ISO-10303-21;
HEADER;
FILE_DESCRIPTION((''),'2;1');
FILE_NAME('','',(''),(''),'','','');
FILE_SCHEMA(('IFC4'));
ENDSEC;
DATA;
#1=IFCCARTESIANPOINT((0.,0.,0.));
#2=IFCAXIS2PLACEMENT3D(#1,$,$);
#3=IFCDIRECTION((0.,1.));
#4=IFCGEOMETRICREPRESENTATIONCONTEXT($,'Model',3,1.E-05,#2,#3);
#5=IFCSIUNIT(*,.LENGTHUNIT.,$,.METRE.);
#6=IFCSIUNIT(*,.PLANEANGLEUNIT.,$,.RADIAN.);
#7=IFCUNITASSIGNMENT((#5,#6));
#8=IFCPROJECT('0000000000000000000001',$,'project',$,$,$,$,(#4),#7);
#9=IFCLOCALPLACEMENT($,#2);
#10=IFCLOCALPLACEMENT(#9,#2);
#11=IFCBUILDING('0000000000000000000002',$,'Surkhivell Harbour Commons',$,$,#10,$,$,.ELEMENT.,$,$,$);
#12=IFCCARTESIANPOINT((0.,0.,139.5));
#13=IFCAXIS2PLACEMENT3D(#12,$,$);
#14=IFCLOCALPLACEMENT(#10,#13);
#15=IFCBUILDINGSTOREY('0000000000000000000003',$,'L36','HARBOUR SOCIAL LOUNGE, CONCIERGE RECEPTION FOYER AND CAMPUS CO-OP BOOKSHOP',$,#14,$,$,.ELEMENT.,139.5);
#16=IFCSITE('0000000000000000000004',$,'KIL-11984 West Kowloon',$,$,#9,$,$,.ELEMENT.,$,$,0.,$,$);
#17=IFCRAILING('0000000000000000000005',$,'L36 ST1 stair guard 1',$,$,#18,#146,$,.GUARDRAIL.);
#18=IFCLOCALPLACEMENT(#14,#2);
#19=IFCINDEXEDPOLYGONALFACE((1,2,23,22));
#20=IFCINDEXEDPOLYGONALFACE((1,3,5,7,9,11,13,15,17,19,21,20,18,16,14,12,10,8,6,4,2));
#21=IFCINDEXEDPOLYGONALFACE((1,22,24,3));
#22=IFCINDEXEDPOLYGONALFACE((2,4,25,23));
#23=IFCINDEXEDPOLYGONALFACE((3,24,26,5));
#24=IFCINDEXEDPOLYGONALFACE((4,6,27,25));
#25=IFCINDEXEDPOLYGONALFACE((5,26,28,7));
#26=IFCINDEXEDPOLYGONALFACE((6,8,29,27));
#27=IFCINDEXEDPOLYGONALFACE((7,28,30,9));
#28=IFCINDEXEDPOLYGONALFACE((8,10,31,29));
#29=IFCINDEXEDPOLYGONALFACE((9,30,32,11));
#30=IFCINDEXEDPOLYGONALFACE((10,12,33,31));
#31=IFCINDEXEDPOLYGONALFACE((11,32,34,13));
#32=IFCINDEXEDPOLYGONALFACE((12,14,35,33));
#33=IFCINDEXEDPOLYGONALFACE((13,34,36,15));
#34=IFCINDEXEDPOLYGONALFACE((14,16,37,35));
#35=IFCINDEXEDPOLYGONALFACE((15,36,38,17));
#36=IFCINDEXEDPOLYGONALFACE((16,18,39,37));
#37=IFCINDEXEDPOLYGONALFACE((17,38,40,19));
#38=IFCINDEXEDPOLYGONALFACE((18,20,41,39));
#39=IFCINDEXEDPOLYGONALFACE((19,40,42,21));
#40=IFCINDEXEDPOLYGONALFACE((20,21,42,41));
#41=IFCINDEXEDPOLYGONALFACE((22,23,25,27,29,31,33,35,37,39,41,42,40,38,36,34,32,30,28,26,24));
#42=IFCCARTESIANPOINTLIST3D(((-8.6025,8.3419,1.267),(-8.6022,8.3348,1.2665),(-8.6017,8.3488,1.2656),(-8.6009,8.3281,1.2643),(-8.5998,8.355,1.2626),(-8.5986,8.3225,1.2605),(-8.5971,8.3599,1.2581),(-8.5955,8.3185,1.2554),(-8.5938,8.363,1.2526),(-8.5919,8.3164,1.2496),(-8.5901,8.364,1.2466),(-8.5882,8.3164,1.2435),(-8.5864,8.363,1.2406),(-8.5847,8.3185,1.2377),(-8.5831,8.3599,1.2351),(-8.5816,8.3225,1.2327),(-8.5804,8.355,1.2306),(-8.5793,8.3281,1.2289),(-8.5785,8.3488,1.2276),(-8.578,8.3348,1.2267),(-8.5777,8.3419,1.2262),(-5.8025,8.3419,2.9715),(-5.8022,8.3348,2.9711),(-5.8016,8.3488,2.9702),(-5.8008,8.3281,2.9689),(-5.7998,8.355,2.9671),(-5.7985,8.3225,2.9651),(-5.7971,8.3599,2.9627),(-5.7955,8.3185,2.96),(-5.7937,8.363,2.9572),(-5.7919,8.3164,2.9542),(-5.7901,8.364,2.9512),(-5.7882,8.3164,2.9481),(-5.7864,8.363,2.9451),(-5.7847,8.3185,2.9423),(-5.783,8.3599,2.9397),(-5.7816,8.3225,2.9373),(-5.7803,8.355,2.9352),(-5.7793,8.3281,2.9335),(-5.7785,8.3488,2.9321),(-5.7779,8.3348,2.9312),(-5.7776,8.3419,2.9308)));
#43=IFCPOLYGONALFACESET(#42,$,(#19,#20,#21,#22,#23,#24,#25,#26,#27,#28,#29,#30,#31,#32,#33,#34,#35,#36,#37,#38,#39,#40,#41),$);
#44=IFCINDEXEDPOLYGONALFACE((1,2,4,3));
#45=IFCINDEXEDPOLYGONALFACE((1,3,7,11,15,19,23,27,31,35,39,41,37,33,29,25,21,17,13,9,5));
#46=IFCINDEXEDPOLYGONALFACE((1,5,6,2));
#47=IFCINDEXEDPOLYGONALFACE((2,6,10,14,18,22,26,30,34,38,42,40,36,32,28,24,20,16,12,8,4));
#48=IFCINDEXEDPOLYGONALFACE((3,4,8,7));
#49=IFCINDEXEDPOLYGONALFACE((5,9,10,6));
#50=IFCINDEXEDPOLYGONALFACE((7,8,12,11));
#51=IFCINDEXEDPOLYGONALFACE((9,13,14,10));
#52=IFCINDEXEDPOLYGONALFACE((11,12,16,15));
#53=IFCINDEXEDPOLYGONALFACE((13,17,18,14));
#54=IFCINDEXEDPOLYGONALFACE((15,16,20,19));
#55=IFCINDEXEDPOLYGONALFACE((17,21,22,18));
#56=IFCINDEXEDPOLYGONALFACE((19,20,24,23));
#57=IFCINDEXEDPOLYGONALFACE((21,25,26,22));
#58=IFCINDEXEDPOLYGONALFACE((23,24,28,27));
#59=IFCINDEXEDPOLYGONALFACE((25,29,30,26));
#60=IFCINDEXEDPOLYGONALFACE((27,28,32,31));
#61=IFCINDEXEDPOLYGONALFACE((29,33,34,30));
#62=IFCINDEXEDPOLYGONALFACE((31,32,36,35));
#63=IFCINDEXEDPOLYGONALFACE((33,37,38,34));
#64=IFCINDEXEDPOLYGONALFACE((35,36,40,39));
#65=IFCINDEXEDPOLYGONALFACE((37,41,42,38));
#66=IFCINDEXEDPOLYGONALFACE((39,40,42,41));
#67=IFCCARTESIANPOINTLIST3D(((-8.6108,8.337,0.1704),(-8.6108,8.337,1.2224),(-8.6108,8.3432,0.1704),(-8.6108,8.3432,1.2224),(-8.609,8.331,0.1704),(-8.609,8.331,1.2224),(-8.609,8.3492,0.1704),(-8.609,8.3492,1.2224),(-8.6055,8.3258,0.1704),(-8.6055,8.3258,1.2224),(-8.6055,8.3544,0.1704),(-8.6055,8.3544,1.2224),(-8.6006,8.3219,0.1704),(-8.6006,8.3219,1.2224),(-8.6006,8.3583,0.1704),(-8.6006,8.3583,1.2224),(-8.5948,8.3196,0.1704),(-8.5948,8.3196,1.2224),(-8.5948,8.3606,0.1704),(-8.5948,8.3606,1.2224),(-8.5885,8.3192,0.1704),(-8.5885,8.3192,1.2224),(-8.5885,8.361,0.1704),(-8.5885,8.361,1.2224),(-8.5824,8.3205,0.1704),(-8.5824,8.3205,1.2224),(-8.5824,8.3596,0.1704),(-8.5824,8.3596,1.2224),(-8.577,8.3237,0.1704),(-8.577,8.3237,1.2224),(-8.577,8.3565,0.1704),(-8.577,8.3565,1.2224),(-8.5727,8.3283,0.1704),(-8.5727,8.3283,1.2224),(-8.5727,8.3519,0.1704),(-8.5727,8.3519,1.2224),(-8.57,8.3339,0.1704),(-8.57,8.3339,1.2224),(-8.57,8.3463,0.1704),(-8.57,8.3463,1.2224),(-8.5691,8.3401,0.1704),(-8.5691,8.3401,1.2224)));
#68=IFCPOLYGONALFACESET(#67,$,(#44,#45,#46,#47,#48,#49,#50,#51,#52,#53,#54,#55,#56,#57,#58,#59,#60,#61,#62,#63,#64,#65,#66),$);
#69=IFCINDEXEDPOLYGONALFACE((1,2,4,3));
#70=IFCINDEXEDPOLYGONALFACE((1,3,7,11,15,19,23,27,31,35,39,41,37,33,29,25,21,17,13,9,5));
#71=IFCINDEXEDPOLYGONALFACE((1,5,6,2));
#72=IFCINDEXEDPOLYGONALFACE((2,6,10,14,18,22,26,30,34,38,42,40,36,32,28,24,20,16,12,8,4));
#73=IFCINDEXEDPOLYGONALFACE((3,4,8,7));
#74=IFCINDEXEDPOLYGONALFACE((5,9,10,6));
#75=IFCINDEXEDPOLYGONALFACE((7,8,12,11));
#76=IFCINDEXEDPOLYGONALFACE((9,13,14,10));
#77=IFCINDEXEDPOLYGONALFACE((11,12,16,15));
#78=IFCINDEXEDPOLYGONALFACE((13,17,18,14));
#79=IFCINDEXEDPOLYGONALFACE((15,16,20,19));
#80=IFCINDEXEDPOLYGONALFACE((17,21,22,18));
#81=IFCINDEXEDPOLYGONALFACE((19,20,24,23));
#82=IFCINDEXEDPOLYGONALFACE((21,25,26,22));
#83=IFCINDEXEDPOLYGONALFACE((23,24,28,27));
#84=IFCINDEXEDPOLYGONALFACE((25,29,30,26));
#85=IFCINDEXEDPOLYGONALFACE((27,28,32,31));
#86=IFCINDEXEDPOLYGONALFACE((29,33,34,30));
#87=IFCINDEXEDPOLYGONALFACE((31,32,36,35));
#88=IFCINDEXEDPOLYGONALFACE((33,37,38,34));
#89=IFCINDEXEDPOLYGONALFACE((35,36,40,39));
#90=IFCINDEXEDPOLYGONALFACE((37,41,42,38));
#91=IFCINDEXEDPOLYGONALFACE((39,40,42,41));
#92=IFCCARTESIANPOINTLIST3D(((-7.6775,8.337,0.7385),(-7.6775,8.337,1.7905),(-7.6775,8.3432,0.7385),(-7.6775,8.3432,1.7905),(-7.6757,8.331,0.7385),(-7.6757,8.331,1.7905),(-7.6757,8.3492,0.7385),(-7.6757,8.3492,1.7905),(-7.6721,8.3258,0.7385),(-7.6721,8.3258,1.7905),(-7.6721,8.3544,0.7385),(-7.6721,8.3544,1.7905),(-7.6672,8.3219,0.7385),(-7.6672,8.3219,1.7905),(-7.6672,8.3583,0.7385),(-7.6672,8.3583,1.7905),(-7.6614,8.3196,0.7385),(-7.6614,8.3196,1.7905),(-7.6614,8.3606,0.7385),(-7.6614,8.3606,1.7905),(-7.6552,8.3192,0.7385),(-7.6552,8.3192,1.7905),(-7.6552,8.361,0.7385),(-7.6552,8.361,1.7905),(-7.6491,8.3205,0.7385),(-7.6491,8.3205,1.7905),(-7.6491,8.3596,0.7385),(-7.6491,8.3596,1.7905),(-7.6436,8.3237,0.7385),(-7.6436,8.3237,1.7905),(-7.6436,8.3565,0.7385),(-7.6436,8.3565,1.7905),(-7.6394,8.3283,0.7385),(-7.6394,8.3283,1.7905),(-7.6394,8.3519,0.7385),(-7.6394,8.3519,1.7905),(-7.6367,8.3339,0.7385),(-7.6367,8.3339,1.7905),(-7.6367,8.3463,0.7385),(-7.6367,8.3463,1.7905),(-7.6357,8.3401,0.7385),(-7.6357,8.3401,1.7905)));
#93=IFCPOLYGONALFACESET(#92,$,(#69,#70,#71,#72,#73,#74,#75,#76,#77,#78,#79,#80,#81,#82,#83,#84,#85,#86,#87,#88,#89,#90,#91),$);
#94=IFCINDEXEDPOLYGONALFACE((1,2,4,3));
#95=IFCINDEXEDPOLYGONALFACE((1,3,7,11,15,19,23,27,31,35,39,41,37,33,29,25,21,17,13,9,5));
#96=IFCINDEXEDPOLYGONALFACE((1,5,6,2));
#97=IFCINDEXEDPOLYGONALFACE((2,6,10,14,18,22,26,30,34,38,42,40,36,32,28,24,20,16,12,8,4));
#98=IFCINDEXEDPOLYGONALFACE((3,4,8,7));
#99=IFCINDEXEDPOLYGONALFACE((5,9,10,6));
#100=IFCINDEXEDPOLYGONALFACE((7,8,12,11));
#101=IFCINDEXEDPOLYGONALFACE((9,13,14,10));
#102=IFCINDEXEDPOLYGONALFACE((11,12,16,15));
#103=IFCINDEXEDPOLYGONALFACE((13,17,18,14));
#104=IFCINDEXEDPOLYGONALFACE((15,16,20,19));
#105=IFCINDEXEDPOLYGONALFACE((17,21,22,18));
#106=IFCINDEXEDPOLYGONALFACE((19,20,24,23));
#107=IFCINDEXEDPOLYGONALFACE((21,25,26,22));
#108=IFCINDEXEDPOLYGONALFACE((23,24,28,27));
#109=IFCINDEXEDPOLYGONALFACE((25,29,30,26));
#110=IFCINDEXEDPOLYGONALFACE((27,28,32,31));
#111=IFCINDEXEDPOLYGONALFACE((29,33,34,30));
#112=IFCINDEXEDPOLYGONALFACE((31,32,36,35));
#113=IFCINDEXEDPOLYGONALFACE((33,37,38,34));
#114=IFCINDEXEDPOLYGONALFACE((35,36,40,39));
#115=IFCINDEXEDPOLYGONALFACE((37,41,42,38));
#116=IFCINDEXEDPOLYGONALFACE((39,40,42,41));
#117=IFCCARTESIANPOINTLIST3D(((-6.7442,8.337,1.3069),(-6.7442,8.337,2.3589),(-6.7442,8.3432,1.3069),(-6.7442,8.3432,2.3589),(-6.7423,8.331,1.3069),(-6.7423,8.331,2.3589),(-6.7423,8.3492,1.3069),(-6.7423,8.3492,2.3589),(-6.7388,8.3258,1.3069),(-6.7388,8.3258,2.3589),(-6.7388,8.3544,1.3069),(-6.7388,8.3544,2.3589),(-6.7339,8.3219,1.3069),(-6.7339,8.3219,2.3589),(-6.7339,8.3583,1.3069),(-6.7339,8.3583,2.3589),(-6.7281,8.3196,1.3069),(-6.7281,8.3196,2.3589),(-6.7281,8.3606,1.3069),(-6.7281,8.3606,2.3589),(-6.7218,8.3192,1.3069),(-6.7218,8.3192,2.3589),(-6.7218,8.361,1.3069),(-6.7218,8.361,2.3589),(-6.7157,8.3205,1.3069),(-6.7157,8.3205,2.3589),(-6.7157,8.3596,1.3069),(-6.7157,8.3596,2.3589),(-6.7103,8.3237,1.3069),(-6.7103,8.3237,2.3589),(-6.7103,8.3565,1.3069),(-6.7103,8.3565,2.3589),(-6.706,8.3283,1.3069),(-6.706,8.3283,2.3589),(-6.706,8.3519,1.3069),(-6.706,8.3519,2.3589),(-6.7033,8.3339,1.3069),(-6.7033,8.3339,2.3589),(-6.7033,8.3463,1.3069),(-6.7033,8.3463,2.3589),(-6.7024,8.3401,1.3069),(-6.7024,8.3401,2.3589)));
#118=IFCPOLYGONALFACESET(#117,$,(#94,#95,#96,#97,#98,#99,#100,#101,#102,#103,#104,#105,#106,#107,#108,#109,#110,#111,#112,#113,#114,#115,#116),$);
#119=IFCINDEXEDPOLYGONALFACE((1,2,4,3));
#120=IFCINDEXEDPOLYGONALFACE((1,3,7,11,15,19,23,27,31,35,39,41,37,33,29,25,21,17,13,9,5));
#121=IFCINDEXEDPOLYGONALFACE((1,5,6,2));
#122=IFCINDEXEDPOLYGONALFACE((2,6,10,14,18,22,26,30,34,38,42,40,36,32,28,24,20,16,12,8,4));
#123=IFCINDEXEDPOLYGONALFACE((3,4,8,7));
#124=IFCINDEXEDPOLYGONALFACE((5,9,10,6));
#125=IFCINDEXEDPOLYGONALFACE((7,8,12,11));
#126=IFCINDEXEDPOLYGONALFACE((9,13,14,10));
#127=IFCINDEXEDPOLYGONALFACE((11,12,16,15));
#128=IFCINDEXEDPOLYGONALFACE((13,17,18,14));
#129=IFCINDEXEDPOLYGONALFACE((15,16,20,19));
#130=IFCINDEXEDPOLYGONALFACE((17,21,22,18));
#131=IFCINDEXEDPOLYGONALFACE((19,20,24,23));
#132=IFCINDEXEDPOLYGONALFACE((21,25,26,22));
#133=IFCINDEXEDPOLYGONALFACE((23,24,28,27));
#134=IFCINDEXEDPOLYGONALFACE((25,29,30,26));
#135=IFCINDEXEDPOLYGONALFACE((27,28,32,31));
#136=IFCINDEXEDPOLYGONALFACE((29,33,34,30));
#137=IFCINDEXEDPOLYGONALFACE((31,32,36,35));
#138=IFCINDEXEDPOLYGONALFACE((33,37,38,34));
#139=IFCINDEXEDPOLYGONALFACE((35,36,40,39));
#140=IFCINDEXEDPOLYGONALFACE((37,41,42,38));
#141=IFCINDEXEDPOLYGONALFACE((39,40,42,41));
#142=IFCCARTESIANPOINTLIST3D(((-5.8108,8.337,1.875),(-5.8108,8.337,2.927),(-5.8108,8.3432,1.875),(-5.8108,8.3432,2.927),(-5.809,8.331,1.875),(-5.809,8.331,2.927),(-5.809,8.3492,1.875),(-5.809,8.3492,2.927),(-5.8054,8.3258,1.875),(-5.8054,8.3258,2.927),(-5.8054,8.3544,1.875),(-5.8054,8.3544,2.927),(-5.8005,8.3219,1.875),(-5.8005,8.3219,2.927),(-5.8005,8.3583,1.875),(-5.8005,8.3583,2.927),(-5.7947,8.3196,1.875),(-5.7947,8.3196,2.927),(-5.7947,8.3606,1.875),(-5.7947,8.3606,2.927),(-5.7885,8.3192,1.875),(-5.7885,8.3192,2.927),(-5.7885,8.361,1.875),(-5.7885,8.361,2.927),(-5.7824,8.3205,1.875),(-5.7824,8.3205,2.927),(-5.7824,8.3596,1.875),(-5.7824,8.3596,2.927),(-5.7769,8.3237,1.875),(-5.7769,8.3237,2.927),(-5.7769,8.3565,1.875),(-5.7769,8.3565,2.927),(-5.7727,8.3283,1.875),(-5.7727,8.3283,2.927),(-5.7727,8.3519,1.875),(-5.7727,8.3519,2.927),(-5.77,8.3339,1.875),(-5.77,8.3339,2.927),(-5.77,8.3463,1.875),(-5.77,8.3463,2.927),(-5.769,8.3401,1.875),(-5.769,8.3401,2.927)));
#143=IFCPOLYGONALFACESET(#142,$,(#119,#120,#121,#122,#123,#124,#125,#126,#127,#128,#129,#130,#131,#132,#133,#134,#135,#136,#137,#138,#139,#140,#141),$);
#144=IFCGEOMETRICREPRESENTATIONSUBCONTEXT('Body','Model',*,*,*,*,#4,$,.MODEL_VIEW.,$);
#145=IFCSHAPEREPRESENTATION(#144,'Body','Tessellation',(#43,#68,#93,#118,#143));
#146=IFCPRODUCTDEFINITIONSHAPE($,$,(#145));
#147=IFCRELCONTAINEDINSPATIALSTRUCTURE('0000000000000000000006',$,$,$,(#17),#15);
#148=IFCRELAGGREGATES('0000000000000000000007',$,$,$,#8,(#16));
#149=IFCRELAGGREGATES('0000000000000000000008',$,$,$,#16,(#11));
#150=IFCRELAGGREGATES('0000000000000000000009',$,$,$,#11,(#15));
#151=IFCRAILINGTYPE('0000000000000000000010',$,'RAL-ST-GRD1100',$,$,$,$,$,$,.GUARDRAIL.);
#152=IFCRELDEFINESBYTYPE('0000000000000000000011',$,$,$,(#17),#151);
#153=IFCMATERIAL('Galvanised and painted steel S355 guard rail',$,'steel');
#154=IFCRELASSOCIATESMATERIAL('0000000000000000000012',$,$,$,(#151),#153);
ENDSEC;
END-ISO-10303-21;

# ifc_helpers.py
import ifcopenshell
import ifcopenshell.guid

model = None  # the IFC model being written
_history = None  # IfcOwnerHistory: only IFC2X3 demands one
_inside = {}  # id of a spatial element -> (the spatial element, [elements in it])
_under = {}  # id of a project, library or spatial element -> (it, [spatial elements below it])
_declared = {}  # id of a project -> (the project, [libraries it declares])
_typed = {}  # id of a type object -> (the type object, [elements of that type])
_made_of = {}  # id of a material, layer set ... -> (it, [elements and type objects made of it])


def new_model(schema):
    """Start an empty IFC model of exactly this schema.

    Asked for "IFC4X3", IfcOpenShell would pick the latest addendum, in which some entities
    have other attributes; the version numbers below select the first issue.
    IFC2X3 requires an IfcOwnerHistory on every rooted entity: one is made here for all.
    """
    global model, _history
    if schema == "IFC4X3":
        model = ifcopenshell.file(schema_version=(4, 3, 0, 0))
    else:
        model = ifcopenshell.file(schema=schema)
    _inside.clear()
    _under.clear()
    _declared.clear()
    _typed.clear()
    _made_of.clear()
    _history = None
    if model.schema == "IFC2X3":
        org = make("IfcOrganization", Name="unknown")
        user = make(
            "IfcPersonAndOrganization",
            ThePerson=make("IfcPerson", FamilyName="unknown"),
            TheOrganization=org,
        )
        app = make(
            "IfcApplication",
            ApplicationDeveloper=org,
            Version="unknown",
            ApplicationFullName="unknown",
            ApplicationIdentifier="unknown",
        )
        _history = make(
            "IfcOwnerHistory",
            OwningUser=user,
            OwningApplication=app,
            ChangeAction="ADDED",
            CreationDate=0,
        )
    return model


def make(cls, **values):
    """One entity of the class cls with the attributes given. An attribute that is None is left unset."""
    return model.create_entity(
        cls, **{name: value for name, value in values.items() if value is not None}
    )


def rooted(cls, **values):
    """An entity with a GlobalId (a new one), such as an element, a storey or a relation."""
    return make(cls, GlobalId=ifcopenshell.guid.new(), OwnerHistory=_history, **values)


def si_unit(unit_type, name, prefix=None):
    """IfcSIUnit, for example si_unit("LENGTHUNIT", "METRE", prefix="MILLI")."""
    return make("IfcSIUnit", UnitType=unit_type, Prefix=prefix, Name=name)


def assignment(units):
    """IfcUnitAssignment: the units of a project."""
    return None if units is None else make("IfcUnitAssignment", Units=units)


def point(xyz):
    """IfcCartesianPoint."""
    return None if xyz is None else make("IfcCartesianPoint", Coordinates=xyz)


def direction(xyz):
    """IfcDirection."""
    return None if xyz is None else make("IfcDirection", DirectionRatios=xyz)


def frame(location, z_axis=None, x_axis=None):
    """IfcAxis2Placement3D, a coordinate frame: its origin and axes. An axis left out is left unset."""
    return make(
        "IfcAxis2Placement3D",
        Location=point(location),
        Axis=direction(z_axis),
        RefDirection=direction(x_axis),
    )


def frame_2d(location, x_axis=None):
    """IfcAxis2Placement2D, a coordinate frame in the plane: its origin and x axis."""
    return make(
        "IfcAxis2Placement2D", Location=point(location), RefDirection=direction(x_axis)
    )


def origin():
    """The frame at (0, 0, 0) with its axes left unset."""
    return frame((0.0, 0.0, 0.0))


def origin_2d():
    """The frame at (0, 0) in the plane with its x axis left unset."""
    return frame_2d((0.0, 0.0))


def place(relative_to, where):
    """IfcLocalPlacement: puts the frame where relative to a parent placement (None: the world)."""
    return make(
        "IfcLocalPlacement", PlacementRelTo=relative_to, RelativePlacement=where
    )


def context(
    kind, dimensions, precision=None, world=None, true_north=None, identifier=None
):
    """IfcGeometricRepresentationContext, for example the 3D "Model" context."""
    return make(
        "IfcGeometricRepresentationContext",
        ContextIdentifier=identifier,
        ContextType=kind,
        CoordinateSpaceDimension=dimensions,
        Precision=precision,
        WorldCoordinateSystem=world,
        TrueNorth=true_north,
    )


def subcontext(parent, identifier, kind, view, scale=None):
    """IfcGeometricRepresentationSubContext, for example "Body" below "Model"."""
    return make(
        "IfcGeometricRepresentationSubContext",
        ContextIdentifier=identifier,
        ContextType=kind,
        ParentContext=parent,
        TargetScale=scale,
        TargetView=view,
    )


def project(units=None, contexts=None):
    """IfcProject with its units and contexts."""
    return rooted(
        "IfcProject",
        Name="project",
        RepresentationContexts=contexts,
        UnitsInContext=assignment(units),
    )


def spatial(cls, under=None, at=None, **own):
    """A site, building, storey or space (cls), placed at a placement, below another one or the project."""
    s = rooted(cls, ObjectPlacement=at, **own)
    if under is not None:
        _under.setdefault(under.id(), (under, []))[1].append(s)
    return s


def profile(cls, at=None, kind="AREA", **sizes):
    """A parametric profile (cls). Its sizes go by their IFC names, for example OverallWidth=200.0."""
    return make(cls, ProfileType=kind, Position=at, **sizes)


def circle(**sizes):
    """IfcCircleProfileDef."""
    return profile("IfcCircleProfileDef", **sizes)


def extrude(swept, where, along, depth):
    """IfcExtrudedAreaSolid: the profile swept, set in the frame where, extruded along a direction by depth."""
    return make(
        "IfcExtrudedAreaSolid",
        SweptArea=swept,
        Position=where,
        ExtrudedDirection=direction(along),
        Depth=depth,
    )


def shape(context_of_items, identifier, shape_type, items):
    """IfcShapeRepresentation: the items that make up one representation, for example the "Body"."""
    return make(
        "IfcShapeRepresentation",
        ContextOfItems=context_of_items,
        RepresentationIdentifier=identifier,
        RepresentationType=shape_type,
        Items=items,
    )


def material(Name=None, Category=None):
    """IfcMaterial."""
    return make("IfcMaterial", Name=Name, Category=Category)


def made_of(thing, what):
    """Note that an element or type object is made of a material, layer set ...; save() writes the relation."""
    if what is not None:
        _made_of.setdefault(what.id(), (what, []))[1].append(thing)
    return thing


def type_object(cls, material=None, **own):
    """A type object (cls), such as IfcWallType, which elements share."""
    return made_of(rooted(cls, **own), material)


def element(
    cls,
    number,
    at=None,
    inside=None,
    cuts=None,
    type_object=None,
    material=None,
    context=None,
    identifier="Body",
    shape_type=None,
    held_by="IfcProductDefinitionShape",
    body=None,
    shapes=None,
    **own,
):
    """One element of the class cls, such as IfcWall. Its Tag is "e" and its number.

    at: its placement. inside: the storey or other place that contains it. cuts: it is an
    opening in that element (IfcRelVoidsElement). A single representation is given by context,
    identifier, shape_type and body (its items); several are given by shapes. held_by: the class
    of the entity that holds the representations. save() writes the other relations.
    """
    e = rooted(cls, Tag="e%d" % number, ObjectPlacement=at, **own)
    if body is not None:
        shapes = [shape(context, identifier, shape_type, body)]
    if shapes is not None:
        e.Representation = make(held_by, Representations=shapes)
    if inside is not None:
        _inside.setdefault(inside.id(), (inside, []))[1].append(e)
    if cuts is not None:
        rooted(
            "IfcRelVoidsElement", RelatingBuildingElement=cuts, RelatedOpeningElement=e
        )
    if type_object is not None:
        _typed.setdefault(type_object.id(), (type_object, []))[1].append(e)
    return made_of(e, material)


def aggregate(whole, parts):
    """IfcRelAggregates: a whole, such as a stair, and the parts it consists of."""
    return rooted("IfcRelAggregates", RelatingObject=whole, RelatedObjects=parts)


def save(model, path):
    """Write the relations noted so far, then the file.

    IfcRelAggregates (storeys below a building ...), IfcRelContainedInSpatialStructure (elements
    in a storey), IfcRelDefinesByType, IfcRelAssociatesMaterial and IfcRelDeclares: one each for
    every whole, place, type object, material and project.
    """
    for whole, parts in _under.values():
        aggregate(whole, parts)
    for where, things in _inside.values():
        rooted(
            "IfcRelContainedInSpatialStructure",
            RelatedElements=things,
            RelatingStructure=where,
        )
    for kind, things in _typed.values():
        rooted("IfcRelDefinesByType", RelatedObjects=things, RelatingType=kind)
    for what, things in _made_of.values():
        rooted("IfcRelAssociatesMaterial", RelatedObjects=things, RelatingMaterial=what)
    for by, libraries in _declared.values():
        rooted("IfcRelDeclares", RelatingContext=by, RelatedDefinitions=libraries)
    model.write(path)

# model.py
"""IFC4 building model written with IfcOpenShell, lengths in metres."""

from ifc_helpers import new_model, si_unit, direction, frame, origin, origin_2d, place, context, subcontext, project, spatial, circle, extrude, material, type_object, element, save


model = new_model("IFC4")

# Units and contexts
model_context = context("Model", 3, precision=1e-05, world=origin(), true_north=direction((0.0, 1.0)))
body_context = subcontext(model_context, "Body", "Model", "MODEL_VIEW")
ifc_project = project(units=[si_unit("LENGTHUNIT", "METRE"), si_unit("PLANEANGLEUNIT", "RADIAN")], contexts=[model_context])

# Site, building, storey
site_placement = place(None, origin())
site = spatial("IfcSite", under=ifc_project, at=site_placement, Name="KIL-11984 West Kowloon", CompositionType="ELEMENT", RefElevation=0.0)
building_placement = place(site_placement, origin())
building = spatial("IfcBuilding", under=site, at=building_placement, Name="Surkhivell Harbour Commons", CompositionType="ELEMENT")
storey_placement = place(building_placement, frame((0.0, 0.0, 139.5)))
storey = spatial("IfcBuildingStorey", under=building, at=storey_placement, Name="L36", Description="HARBOUR SOCIAL LOUNGE, CONCIERGE RECEPTION FOYER AND CAMPUS CO-OP BOOKSHOP", CompositionType="ELEMENT", Elevation=139.5)

# Railing
ifc_material_1 = material(Name="Galvanised and painted steel S355 guard rail", Category="steel")
railing_type_1 = type_object("IfcRailingType", Name="RAL-ST-GRD1100", PredefinedType="GUARDRAIL", material=ifc_material_1)
railing_1_placement = place(storey_placement, frame((-8.5901, 8.3401, 0.1704)))
element("IfcRailing", 1, at=railing_1_placement, inside=storey, type_object=railing_type_1, Name="L36 ST1 stair guard 1", PredefinedType="GUARDRAIL", context=body_context, shape_type="SweptSolid", body=[
    extrude(circle(Radius=0.0239, at=origin_2d()), frame((0.0, 0.0, 1.0762), z_axis=(0.85417, 0.0, 0.519994), x_axis=(0.0, 1.0, 0.0)), (0.0, 0.0, 1.0), 3.2781),
    extrude(circle(Radius=0.021, at=origin_2d()), origin(), (0.0, 0.0, 1.0), 1.052),
    extrude(circle(Radius=0.021, at=origin_2d()), frame((0.9333, 0.0, 0.5681)), (0.0, 0.0, 1.0), 1.052),
    extrude(circle(Radius=0.021, at=origin_2d()), frame((1.8667, 0.0, 1.1365)), (0.0, 0.0, 1.0), 1.052),
    extrude(circle(Radius=0.021, at=origin_2d()), frame((2.8, 0.0, 1.7046)), (0.0, 0.0, 1.0), 1.052),
])

save(model, "model.ifc")
